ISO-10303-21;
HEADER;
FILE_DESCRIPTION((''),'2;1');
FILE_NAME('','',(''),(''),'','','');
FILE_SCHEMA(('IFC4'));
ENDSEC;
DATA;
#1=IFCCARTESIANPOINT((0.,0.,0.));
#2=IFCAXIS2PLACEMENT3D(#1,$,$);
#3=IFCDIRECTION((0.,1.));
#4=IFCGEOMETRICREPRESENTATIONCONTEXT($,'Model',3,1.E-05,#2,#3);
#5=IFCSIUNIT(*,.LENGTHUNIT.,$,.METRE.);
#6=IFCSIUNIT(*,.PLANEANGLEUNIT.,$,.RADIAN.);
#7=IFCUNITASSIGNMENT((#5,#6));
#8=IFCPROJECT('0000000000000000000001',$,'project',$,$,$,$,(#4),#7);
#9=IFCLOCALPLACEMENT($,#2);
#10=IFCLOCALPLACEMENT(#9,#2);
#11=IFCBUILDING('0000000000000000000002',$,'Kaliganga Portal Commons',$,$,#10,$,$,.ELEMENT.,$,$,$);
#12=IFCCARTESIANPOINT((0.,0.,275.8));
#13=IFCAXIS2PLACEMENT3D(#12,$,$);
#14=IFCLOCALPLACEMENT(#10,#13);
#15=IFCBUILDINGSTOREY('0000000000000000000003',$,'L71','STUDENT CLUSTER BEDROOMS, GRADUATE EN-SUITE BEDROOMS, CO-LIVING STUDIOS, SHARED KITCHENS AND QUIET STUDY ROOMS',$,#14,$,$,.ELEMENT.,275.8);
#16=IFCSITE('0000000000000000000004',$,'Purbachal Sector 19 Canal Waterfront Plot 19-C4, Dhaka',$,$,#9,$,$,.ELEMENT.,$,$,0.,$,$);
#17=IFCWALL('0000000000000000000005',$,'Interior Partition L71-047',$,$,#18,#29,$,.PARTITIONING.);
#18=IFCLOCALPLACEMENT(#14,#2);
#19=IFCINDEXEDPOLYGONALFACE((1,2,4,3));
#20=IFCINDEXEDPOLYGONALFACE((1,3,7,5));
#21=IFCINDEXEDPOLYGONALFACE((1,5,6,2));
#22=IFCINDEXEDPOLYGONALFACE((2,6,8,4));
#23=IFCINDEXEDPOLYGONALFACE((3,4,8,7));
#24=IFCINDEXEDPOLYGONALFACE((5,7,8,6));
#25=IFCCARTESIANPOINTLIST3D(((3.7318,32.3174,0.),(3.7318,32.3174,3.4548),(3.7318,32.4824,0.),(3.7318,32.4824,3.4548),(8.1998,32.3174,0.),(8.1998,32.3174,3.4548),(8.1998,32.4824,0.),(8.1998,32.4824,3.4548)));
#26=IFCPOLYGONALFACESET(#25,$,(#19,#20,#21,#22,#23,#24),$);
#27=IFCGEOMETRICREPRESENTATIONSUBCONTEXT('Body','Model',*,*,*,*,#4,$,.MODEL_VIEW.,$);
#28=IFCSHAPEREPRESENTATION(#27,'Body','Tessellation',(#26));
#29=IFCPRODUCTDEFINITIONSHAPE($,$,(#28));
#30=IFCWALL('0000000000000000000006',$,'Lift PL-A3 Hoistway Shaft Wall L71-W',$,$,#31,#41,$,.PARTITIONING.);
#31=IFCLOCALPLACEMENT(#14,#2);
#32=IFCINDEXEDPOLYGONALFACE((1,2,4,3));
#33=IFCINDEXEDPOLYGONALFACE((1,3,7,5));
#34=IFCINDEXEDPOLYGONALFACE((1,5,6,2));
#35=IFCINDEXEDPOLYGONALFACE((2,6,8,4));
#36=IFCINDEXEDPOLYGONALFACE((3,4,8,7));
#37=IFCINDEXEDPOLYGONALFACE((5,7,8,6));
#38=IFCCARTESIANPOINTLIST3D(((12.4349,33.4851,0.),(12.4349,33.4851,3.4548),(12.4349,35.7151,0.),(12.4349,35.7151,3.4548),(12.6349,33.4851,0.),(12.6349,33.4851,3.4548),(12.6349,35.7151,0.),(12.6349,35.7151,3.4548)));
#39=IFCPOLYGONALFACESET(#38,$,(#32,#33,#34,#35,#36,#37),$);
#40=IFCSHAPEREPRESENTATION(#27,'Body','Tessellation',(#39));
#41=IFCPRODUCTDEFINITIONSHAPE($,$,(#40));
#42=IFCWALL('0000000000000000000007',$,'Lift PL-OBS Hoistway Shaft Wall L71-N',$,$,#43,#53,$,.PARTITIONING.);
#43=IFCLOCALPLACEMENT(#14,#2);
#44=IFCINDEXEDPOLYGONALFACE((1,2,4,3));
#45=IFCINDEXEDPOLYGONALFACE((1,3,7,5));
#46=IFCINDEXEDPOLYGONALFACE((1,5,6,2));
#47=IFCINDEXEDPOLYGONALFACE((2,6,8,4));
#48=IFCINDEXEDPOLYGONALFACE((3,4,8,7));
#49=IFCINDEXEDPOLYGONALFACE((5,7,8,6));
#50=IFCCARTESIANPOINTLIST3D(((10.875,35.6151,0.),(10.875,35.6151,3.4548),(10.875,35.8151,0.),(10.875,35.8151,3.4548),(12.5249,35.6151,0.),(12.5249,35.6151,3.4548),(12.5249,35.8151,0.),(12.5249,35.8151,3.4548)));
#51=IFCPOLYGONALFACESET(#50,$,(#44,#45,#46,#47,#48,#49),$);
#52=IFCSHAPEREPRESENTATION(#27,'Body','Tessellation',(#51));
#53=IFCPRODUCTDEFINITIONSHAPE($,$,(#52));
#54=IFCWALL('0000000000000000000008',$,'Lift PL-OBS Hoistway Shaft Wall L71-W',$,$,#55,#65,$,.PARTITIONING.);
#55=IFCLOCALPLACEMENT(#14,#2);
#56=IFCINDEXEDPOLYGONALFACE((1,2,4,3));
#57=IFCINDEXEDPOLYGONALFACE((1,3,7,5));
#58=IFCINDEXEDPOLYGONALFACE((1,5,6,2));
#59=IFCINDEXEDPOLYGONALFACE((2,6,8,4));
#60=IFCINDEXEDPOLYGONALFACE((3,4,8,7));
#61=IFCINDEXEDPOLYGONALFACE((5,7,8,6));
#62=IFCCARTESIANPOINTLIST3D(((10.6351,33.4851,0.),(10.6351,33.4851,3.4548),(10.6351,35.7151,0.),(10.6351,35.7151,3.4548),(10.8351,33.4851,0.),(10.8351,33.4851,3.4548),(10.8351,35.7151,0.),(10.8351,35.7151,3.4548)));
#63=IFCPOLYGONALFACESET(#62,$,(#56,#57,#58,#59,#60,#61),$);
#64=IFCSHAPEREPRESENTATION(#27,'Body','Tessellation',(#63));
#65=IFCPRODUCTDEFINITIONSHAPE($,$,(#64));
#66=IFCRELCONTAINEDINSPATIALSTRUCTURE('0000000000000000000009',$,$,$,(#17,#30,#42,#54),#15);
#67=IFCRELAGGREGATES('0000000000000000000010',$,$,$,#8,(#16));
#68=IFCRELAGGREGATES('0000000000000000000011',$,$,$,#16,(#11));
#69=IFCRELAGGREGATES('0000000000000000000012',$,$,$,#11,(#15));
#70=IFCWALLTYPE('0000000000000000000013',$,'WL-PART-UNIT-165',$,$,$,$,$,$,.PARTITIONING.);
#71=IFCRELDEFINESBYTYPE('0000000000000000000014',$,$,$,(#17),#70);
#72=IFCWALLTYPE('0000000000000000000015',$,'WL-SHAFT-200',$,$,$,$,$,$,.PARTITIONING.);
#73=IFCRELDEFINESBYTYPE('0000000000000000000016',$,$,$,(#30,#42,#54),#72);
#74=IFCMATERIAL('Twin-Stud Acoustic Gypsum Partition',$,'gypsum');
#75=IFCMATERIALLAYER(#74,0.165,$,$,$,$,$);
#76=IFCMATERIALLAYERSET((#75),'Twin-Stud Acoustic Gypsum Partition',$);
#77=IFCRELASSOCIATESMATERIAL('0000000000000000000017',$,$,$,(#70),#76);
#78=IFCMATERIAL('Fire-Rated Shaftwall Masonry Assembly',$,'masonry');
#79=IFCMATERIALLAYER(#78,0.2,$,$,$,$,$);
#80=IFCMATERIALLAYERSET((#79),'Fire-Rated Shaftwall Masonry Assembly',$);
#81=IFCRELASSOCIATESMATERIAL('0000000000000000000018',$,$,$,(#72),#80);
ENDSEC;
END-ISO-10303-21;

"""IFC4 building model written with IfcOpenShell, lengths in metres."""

from ifc_helpers import new_model, si_unit, direction, frame, frame_2d, origin, place, context, subcontext, project, spatial, rectangle, extrude, material, layer, layer_set, type_object, element, save


model = new_model("IFC4")

# Units and contexts
model_context = context("Model", 3, precision=1e-05, world=origin(), true_north=direction((0.0, 1.0)))
body_context = subcontext(model_context, "Body", "Model", "MODEL_VIEW")
ifc_project = project(units=[si_unit("LENGTHUNIT", "METRE"), si_unit("PLANEANGLEUNIT", "RADIAN")], contexts=[model_context])

# Site, building, storey
site_placement = place(None, origin())
site = spatial("IfcSite", under=ifc_project, at=site_placement, Name="Purbachal Sector 19 Canal Waterfront Plot 19-C4, Dhaka", CompositionType="ELEMENT", RefElevation=0.0)
building_placement = place(site_placement, origin())
building = spatial("IfcBuilding", under=site, at=building_placement, Name="Kaliganga Portal Commons", CompositionType="ELEMENT")
storey_placement = place(building_placement, frame((0.0, 0.0, 275.8)))
storey = spatial("IfcBuildingStorey", under=building, at=storey_placement, Name="L71", Description="STUDENT CLUSTER BEDROOMS, GRADUATE EN-SUITE BEDROOMS, CO-LIVING STUDIOS, SHARED KITCHENS AND QUIET STUDY ROOMS", CompositionType="ELEMENT", Elevation=275.8)

# Wall
ifc_material_1 = material(Name="Twin-Stud Acoustic Gypsum Partition", Category="gypsum")
ifc_layer_1 = layer(ifc_material_1, 0.165)
ifc_layer_set_1 = layer_set([ifc_layer_1], Name="Twin-Stud Acoustic Gypsum Partition")
wall_type_1 = type_object("IfcWallType", Name="WL-PART-UNIT-165", PredefinedType="PARTITIONING", material=ifc_layer_set_1)
wall_1_placement = place(storey_placement, frame((3.7319, 32.3999, 0.0), z_axis=(0.0, 0.0, 1.0), x_axis=(1.0, 0.0, 0.0)))
element("IfcWall", 1, at=wall_1_placement, inside=storey, type_object=wall_type_1, Name="Interior Partition L71-047", PredefinedType="PARTITIONING", context=body_context, shape_type="SweptSolid", body=[
    extrude(rectangle(XDim=4.468, YDim=0.165, at=frame_2d((2.2339, 0.0))), origin(), (0.0, 0.0, 1.0), 3.4548),
])

# Shared definitions
ifc_material_2 = material(Name="Fire-Rated Shaftwall Masonry Assembly", Category="masonry")
ifc_layer_2 = layer(ifc_material_2, 0.2)
ifc_layer_set_2 = layer_set([ifc_layer_2], Name="Fire-Rated Shaftwall Masonry Assembly")
wall_type_2 = type_object("IfcWallType", Name="WL-SHAFT-200", PredefinedType="PARTITIONING", material=ifc_layer_set_2)

# Wall
wall_2_placement = place(storey_placement, frame((12.5349, 33.4851, 0.0), z_axis=(0.0, 0.0, 1.0), x_axis=(0.0, 1.0, 0.0)))
element("IfcWall", 2, at=wall_2_placement, inside=storey, type_object=wall_type_2, Name="Lift PL-A3 Hoistway Shaft Wall L71-W", PredefinedType="PARTITIONING", context=body_context, shape_type="SweptSolid", body=[
    extrude(rectangle(XDim=2.23, YDim=0.2, at=frame_2d((1.115, 0.0))), origin(), (0.0, 0.0, 1.0), 3.4548),
])

# Walls
wall_3_placement = place(storey_placement, frame((10.875, 35.7151, 0.0), z_axis=(0.0, 0.0, 1.0), x_axis=(1.0, 0.0, 0.0)))
element("IfcWall", 3, at=wall_3_placement, inside=storey, type_object=wall_type_2, Name="Lift PL-OBS Hoistway Shaft Wall L71-N", PredefinedType="PARTITIONING", context=body_context, shape_type="SweptSolid", body=[
    extrude(rectangle(XDim=1.6499, YDim=0.2, at=frame_2d((0.825, 0.0))), origin(), (0.0, 0.0, 1.0), 3.4548),
])
wall_4_placement = place(storey_placement, frame((10.7351, 33.4851, 0.0), z_axis=(0.0, 0.0, 1.0), x_axis=(0.0, 1.0, 0.0)))
element("IfcWall", 4, at=wall_4_placement, inside=storey, type_object=wall_type_2, Name="Lift PL-OBS Hoistway Shaft Wall L71-W", PredefinedType="PARTITIONING", context=body_context, shape_type="SweptSolid", body=[
    extrude(rectangle(XDim=2.23, YDim=0.2, at=frame_2d((1.115, 0.0))), origin(), (0.0, 0.0, 1.0), 3.4548),
])

save(model, "model.ifc")
